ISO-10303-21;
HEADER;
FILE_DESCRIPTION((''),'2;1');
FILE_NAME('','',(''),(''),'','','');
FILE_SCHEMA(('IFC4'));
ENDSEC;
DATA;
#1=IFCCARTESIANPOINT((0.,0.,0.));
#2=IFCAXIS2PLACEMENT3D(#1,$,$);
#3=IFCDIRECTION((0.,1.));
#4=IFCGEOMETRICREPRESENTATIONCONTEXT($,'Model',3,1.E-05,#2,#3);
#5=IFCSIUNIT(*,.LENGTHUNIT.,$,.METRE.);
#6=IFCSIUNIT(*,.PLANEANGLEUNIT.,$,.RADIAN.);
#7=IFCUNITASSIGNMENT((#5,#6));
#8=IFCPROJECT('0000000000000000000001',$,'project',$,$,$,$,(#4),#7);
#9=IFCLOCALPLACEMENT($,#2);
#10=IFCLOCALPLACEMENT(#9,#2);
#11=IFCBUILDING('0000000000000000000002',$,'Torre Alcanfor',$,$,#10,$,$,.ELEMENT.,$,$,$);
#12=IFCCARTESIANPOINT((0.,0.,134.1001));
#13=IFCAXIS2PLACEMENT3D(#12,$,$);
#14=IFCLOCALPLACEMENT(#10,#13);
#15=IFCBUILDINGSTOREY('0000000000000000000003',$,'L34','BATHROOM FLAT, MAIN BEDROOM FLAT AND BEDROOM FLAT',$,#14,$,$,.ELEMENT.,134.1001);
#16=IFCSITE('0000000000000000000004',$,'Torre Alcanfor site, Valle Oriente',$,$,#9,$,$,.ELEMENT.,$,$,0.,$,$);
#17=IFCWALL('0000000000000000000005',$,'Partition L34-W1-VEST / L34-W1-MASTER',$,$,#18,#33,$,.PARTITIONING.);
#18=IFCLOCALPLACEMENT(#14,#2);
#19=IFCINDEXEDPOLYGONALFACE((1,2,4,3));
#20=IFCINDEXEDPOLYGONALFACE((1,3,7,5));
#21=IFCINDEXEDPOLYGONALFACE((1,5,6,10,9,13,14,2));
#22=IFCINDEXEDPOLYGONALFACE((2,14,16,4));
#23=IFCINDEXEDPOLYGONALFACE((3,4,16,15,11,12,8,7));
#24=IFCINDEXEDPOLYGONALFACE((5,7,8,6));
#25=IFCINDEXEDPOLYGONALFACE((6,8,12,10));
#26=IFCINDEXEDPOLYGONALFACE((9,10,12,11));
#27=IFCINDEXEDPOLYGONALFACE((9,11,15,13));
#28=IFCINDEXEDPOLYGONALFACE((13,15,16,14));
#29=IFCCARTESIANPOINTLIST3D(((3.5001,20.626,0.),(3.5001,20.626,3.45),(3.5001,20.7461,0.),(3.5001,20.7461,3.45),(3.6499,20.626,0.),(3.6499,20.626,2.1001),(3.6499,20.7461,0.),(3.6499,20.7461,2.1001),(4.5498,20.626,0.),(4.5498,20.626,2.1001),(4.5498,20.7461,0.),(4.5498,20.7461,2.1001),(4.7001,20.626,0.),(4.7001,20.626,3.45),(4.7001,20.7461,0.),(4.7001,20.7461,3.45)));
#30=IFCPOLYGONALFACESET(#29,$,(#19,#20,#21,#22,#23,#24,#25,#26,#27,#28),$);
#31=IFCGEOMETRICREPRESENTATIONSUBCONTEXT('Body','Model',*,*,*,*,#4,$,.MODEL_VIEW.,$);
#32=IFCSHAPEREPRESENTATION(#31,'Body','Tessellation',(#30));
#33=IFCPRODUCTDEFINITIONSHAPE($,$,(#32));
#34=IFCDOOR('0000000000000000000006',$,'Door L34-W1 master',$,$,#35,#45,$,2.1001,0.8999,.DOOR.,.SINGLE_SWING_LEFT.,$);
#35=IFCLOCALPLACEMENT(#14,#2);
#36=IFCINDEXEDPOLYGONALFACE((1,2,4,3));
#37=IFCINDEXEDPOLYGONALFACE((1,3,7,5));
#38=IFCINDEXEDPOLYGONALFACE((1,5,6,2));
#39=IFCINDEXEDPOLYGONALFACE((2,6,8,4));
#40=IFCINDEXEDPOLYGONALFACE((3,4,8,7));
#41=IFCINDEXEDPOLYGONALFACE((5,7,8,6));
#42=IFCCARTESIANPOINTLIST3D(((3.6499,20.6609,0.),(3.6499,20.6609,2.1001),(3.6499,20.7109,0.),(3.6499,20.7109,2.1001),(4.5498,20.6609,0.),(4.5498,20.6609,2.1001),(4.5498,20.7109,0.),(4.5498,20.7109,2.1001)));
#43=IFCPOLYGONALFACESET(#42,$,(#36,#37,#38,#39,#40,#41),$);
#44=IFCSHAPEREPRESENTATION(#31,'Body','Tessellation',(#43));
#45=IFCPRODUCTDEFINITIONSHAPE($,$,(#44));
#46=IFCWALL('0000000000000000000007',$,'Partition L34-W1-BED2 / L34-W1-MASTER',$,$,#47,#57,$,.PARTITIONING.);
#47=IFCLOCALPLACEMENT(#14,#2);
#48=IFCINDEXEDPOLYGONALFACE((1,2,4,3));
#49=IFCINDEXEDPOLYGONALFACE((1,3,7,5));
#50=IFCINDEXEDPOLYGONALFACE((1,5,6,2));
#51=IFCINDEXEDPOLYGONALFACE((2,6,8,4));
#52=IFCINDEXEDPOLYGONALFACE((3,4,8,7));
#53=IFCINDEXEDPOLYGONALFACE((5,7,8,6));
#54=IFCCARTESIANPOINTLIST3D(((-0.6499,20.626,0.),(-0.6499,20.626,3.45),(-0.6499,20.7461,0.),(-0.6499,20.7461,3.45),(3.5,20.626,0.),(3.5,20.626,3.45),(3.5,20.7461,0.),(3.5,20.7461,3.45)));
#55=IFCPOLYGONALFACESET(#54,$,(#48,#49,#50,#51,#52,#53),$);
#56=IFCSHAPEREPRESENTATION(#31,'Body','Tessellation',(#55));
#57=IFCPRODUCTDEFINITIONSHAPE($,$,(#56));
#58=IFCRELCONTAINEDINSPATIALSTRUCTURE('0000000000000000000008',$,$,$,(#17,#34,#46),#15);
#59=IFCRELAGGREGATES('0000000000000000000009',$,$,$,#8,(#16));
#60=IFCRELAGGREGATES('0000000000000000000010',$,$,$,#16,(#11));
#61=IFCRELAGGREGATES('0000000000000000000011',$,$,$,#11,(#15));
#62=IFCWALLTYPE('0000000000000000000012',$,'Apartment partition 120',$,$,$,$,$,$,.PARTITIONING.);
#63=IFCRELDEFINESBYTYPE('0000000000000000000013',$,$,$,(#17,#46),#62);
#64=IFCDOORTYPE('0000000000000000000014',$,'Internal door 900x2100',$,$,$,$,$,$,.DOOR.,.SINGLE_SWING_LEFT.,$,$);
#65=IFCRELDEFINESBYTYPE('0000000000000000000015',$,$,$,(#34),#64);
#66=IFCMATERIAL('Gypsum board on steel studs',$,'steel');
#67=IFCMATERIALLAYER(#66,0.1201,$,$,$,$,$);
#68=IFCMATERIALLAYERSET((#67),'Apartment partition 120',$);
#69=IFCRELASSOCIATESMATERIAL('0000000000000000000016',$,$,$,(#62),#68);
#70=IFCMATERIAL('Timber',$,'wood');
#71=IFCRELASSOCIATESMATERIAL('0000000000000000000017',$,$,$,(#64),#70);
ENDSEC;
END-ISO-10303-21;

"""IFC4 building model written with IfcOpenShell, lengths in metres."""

from ifc_helpers import new_model, si_unit, direction, frame, frame_2d, origin, place, context, subcontext, project, spatial, rectangle, extrude, material, layer, layer_set, type_object, element, fill, save


model = new_model("IFC4")

# Units and contexts
model_context = context("Model", 3, precision=1e-05, world=origin(), true_north=direction((0.0, 1.0)))
body_context = subcontext(model_context, "Body", "Model", "MODEL_VIEW")
ifc_project = project(units=[si_unit("LENGTHUNIT", "METRE"), si_unit("PLANEANGLEUNIT", "RADIAN")], contexts=[model_context])

# Site, building, storey
site_placement = place(None, origin())
site = spatial("IfcSite", under=ifc_project, at=site_placement, Name="Torre Alcanfor site, Valle Oriente", CompositionType="ELEMENT", RefElevation=0.0)
building_placement = place(site_placement, origin())
building = spatial("IfcBuilding", under=site, at=building_placement, Name="Torre Alcanfor", CompositionType="ELEMENT")
storey_placement = place(building_placement, frame((0.0, 0.0, 134.1001)))
storey = spatial("IfcBuildingStorey", under=building, at=storey_placement, Name="L34", Description="BATHROOM FLAT, MAIN BEDROOM FLAT AND BEDROOM FLAT", CompositionType="ELEMENT", Elevation=134.1001)

# Shared definitions
ifc_material_1 = material(Name="Gypsum board on steel studs", Category="steel")
ifc_layer_1 = layer(ifc_material_1, 0.1201)
ifc_layer_set_1 = layer_set([ifc_layer_1], Name="Apartment partition 120")
wall_type = type_object("IfcWallType", Name="Apartment partition 120", PredefinedType="PARTITIONING", material=ifc_layer_set_1)

# Wall, opening, door
ifc_material_2 = material(Name="Timber", Category="wood")
door_type = type_object("IfcDoorType", Name="Internal door 900x2100", OperationType="SINGLE_SWING_LEFT", PredefinedType="DOOR", material=ifc_material_2)
wall_1_placement = place(storey_placement, frame((3.5, 20.686, 0.0), z_axis=(0.0, 0.0, 1.0), x_axis=(1.0, 0.0, 0.0)))
wall_1 = element("IfcWall", 1, at=wall_1_placement, inside=storey, type_object=wall_type, Name="Partition L34-W1-VEST / L34-W1-MASTER", PredefinedType="PARTITIONING", context=body_context, shape_type="SweptSolid", body=[
    extrude(rectangle(XDim=1.2, YDim=0.1201, at=frame_2d((0.6001, 0.0))), origin(), (0.0, 0.0, 1.0), 3.45),
])
opening_1_placement = place(wall_1_placement, frame((0.1499, 0.0, 0.0)))
opening_1 = element("IfcOpeningElement", 2, at=opening_1_placement, cuts=wall_1, PredefinedType="OPENING", context=body_context, shape_type="SweptSolid", body=[
    extrude(rectangle(XDim=0.8999, YDim=2.1001, at=frame_2d((0.45, 1.05))), frame((0.0, 0.0701, 0.0), z_axis=(0.0, -1.0, 0.0), x_axis=(1.0, 0.0, 0.0)), (0.0, 0.0, 1.0), 0.1401),
])
door_1_placement = place(opening_1_placement, origin())
door_1 = element("IfcDoor", 3, at=door_1_placement, inside=storey, type_object=door_type, Name="Door L34-W1 master", OperationType="SINGLE_SWING_LEFT", OverallHeight=2.1001, OverallWidth=0.8999, PredefinedType="DOOR", context=body_context, shape_type="SweptSolid", body=[
    extrude(rectangle(XDim=0.8999, YDim=2.1001, at=frame_2d((0.45, 1.05))), frame((0.0, 0.0249, 0.0), z_axis=(0.0, -1.0, 0.0), x_axis=(1.0, 0.0, 0.0)), (0.0, 0.0, 1.0), 0.05),
])
fill(opening_1, door_1)

# Wall
wall_2_placement = place(storey_placement, frame((-0.6499, 20.686, 0.0), z_axis=(0.0, 0.0, 1.0), x_axis=(1.0, 0.0, 0.0)))
element("IfcWall", 4, at=wall_2_placement, inside=storey, type_object=wall_type, Name="Partition L34-W1-BED2 / L34-W1-MASTER", PredefinedType="PARTITIONING", context=body_context, shape_type="SweptSolid", body=[
    extrude(rectangle(XDim=4.1499, YDim=0.1201, at=frame_2d((2.075, 0.0))), origin(), (0.0, 0.0, 1.0), 3.45),
])

save(model, "model.ifc")
